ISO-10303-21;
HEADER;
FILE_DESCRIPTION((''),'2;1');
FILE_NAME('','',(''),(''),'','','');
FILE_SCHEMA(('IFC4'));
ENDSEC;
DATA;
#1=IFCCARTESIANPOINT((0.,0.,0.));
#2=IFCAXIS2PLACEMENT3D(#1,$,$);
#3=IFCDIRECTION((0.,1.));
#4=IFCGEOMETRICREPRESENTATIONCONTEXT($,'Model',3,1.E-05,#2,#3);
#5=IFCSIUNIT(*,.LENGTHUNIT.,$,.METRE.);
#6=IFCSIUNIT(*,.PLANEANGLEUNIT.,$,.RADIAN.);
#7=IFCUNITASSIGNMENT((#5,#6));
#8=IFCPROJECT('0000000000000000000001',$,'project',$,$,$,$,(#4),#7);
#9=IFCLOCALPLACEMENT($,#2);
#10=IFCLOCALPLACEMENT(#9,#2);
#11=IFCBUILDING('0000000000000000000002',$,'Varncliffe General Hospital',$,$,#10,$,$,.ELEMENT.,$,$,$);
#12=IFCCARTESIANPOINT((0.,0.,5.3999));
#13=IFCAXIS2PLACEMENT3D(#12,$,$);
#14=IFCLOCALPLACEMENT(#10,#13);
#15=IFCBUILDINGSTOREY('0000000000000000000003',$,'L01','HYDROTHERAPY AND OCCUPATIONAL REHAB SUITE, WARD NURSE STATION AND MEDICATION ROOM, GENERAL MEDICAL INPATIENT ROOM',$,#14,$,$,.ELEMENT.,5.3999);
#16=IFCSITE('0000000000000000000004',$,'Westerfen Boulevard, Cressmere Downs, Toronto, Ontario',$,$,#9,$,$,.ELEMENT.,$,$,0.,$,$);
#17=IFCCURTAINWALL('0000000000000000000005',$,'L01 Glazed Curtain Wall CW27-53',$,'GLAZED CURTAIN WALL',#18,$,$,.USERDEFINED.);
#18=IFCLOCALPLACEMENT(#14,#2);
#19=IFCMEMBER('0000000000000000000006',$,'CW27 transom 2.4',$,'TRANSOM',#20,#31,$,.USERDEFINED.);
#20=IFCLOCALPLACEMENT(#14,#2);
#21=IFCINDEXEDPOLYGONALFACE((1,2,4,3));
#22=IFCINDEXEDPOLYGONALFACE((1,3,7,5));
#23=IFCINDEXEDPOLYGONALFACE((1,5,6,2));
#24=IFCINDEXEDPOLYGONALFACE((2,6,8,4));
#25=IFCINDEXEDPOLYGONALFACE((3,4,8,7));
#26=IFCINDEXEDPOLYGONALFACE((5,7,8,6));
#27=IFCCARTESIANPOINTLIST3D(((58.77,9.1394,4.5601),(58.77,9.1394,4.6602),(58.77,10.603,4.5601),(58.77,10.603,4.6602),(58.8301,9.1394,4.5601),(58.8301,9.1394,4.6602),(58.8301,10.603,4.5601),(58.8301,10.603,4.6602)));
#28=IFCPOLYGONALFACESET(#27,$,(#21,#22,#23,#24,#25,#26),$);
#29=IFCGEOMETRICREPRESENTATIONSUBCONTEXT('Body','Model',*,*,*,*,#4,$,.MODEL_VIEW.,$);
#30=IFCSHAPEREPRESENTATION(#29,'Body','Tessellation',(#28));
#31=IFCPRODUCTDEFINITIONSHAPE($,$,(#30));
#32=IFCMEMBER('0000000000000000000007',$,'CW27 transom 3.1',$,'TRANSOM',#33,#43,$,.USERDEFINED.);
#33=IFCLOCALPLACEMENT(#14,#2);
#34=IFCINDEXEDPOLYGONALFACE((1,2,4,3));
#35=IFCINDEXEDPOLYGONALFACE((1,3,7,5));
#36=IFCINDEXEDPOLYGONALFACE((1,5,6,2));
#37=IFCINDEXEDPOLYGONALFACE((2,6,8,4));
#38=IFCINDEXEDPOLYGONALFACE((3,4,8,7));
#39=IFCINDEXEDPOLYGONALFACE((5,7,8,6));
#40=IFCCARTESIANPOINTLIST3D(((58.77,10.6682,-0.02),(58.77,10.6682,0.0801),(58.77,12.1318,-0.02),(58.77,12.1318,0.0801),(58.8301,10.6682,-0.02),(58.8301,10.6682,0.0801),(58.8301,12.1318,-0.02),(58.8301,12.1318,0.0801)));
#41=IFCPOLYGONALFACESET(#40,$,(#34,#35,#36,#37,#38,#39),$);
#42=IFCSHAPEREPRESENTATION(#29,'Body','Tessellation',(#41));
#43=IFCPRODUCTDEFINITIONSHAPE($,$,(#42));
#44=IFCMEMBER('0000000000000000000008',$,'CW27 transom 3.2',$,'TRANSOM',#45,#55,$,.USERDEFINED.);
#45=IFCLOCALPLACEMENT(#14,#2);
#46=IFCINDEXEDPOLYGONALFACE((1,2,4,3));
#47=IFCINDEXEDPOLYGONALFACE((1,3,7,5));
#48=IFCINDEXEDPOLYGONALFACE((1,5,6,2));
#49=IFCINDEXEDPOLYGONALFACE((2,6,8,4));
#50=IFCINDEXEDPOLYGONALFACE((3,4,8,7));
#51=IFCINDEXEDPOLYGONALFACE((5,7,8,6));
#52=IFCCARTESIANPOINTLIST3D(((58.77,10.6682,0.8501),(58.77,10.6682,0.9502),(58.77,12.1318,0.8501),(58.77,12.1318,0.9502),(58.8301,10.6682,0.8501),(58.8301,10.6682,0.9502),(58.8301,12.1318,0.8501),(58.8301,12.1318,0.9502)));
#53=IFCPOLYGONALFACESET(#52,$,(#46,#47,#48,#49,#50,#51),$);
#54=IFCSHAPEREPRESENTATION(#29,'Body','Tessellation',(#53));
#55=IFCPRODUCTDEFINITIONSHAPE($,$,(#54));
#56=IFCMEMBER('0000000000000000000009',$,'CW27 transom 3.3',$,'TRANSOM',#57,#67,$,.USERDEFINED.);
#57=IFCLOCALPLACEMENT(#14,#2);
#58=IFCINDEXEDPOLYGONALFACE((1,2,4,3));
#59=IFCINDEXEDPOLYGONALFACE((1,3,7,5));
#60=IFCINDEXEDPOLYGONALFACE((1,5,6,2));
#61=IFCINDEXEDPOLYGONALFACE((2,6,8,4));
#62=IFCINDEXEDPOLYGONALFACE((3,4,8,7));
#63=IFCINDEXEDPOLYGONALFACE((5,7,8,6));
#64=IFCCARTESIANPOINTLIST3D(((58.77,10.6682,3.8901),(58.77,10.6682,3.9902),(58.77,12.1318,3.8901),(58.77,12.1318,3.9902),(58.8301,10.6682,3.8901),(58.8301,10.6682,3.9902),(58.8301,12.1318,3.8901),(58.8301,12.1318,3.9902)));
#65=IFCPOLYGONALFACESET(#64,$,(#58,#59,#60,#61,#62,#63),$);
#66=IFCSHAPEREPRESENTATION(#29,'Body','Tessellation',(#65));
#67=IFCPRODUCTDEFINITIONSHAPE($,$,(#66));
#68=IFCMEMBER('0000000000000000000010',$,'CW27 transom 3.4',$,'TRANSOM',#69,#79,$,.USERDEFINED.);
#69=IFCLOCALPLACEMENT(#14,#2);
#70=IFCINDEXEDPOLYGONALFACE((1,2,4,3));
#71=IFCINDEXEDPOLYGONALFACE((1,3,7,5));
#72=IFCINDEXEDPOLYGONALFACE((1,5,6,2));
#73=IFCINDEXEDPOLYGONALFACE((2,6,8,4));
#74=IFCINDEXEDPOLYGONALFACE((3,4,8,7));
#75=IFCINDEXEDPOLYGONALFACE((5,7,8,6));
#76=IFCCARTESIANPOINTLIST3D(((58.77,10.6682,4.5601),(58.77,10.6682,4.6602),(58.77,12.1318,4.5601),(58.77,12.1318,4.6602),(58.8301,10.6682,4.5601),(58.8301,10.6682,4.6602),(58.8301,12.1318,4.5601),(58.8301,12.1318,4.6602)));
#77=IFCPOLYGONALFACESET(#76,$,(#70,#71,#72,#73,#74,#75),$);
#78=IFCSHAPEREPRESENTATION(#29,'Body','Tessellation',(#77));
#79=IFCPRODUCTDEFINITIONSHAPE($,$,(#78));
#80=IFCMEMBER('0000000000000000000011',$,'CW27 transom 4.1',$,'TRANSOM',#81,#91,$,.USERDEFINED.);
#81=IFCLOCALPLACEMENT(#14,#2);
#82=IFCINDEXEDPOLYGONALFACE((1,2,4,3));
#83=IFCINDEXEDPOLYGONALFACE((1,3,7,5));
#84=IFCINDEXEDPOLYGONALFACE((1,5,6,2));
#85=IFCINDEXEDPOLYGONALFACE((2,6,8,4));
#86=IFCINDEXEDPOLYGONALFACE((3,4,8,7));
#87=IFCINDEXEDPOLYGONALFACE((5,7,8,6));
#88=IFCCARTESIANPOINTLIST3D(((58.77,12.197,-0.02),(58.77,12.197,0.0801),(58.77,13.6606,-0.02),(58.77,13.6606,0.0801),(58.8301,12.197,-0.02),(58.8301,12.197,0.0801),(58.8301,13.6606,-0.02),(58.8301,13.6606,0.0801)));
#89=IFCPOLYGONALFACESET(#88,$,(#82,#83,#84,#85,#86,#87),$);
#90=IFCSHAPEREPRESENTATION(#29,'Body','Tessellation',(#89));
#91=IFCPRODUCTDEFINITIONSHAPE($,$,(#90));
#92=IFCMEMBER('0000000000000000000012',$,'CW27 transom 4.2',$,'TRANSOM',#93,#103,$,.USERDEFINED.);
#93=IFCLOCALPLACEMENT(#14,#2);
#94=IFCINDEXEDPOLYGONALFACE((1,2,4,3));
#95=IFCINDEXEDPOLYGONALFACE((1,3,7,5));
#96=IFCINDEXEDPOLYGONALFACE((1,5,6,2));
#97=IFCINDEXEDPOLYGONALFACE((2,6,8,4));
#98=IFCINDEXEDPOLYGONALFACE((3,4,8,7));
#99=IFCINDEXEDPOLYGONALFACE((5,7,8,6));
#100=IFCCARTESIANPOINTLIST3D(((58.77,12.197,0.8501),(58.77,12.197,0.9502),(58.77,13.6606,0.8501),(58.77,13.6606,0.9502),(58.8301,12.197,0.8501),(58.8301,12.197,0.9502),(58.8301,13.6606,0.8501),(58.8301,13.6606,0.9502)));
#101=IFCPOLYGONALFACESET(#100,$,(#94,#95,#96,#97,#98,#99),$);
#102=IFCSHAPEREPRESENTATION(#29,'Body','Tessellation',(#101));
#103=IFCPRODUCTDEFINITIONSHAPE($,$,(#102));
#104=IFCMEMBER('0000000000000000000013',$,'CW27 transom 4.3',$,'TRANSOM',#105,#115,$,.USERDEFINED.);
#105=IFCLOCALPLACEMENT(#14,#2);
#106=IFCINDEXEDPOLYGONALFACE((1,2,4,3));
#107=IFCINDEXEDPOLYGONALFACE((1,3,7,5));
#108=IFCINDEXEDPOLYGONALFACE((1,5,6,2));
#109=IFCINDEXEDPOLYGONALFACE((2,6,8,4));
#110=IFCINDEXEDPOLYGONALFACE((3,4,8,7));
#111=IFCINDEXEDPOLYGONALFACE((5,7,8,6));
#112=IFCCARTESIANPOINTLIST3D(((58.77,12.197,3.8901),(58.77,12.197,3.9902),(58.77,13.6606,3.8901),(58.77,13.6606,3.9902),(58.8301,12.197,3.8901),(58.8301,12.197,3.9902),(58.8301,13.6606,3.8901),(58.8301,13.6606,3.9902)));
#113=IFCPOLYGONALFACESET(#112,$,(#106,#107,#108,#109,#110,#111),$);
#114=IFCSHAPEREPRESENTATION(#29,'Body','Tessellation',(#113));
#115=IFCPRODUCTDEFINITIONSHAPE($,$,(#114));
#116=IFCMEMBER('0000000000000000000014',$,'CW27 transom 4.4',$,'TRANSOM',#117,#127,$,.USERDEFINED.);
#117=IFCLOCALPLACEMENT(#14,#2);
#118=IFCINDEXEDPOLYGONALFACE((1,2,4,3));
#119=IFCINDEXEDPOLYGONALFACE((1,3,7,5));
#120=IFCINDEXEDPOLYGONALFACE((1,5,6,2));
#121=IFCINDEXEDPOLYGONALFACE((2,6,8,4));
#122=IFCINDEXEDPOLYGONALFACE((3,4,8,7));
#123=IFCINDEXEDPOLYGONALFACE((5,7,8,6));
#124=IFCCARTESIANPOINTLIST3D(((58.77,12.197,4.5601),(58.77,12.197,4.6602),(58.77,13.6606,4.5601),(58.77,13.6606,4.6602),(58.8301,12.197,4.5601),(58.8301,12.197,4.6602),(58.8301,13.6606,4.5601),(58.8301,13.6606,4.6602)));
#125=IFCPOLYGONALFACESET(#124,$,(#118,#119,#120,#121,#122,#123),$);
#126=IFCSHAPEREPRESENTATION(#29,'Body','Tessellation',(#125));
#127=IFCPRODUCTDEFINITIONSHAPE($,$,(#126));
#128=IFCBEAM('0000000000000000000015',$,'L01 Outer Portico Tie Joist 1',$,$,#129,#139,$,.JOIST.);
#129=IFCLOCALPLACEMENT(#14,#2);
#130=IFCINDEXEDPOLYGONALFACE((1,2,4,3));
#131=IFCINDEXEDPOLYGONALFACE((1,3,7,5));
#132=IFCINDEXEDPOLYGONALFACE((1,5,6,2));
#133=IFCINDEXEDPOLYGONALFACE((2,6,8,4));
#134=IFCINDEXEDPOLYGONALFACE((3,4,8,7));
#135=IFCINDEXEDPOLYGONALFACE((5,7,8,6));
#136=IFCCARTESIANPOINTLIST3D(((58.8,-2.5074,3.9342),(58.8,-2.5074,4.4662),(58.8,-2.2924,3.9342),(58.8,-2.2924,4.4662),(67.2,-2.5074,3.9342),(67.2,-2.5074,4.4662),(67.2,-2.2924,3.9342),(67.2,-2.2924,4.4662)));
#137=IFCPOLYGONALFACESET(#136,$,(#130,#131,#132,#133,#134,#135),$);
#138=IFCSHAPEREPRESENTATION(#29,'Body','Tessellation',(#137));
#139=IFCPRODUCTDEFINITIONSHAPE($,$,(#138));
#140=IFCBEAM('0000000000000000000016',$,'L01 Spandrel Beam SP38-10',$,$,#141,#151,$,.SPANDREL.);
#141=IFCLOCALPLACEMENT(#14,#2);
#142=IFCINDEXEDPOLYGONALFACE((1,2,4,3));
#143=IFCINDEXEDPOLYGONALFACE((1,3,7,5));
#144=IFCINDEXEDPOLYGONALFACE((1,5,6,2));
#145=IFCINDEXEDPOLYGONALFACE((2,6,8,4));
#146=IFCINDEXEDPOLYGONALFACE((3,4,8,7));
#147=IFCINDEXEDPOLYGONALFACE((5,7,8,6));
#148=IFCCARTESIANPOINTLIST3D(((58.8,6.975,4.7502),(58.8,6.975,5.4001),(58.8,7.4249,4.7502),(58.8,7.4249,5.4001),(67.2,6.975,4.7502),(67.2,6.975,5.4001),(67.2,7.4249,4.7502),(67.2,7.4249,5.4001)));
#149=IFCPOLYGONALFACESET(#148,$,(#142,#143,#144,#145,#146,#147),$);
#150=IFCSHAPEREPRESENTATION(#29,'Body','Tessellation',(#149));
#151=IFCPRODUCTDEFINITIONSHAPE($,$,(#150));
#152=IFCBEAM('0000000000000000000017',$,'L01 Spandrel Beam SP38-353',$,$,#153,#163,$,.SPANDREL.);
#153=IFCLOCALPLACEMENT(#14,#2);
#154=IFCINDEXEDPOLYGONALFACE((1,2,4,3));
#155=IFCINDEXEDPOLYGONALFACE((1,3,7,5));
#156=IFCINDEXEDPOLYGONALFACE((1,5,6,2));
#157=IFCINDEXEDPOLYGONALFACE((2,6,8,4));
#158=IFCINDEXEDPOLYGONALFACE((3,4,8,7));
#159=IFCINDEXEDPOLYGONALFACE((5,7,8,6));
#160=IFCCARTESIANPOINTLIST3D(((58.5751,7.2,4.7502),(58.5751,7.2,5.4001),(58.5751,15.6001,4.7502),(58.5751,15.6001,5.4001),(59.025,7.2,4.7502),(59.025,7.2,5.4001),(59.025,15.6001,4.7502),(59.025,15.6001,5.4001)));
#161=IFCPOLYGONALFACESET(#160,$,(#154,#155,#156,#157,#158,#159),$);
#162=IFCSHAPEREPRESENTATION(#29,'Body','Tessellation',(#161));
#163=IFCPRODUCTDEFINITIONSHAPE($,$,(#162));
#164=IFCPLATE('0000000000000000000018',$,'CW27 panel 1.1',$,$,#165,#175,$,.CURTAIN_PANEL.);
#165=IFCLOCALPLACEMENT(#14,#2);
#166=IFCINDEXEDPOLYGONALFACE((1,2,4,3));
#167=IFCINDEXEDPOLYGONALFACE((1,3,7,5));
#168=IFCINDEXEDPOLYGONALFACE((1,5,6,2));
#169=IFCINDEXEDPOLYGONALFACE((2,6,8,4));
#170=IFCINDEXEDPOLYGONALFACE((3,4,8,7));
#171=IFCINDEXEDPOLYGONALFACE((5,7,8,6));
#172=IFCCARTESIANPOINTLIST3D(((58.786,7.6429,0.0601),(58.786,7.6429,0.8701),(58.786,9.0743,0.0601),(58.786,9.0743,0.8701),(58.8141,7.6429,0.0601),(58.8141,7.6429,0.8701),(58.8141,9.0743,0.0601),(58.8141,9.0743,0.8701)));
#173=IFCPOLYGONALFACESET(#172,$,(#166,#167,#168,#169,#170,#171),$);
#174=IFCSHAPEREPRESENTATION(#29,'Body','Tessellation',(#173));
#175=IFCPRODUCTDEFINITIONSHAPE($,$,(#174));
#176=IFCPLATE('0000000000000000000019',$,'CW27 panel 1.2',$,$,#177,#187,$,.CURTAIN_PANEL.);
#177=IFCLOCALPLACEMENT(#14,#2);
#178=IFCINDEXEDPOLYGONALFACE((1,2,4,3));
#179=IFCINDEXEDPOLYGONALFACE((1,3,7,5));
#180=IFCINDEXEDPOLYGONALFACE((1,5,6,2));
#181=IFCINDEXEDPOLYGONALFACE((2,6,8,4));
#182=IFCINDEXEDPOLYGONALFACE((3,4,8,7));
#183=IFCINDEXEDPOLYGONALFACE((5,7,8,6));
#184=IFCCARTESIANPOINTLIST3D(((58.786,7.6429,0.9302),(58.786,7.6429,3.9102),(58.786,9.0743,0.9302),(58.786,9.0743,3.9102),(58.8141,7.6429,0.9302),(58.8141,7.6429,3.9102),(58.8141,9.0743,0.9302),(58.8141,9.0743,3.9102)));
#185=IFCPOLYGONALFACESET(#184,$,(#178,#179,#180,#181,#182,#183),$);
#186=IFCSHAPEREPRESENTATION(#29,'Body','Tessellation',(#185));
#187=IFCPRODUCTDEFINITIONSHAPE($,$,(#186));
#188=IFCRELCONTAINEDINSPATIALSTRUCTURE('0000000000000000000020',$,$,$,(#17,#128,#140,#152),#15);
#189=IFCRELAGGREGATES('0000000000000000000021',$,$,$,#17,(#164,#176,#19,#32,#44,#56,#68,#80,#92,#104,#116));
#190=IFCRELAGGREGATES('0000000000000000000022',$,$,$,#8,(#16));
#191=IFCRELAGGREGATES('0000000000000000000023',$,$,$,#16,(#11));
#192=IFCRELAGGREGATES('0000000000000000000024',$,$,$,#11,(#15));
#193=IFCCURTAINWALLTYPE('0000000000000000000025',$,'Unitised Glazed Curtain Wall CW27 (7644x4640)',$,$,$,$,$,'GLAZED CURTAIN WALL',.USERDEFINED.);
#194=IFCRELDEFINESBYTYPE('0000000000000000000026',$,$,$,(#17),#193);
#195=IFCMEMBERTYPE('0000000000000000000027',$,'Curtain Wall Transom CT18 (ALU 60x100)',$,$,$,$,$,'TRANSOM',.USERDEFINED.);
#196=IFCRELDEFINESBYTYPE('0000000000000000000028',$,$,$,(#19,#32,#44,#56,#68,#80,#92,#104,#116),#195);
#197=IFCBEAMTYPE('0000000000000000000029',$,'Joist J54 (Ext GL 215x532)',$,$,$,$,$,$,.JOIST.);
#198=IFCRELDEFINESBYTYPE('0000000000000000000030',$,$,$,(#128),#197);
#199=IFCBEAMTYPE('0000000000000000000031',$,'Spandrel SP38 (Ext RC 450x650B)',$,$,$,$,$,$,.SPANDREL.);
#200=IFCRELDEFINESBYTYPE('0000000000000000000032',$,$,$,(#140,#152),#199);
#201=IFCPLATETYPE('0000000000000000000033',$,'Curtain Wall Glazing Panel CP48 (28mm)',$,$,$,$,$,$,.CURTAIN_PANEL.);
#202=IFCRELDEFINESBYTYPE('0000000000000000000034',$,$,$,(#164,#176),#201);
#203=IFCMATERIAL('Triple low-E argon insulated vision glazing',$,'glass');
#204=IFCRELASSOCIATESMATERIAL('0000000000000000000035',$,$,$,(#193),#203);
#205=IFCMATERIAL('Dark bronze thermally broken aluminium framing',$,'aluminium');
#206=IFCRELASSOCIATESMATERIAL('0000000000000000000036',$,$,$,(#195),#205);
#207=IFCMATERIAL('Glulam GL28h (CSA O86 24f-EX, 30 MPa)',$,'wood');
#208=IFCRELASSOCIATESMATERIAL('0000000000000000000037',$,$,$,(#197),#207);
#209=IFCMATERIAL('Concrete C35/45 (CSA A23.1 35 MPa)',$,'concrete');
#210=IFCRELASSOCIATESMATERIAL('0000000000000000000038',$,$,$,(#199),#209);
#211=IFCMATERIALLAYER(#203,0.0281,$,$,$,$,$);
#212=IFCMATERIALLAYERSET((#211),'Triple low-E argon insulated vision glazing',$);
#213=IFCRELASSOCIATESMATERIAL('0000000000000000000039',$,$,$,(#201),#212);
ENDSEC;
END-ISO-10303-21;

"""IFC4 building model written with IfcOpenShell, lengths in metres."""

from ifc_helpers import new_model, si_unit, direction, frame, origin, origin_2d, place, context, subcontext, project, spatial, rectangle, extrude, material, layer, layer_set, material_profile, profile_set, type_object, element, aggregate, save


model = new_model("IFC4")

# Units and contexts
model_context = context("Model", 3, precision=1e-05, world=origin(), true_north=direction((0.0, 1.0)))
body_context = subcontext(model_context, "Body", "Model", "MODEL_VIEW")
ifc_project = project(units=[si_unit("LENGTHUNIT", "METRE"), si_unit("PLANEANGLEUNIT", "RADIAN")], contexts=[model_context])

# Site, building, storey
site_placement = place(None, origin())
site = spatial("IfcSite", under=ifc_project, at=site_placement, Name="Westerfen Boulevard, Cressmere Downs, Toronto, Ontario", CompositionType="ELEMENT", RefElevation=0.0)
building_placement = place(site_placement, origin())
building = spatial("IfcBuilding", under=site, at=building_placement, Name="Varncliffe General Hospital", CompositionType="ELEMENT")
storey_placement = place(building_placement, frame((0.0, 0.0, 5.3999)))
storey = spatial("IfcBuildingStorey", under=building, at=storey_placement, Name="L01", Description="HYDROTHERAPY AND OCCUPATIONAL REHAB SUITE, WARD NURSE STATION AND MEDICATION ROOM, GENERAL MEDICAL INPATIENT ROOM", CompositionType="ELEMENT", Elevation=5.3999)

# Shared definitions
ifc_material_1 = material(Name="Glulam GL28h (CSA O86 24f-EX, 30 MPa)", Category="wood")

# Curtain wall, members
ifc_material_2 = material(Name="Triple low-E argon insulated vision glazing", Category="glass")
curtain_wall_type = type_object("IfcCurtainWallType", Name="Unitised Glazed Curtain Wall CW27 (7644x4640)", ElementType="GLAZED CURTAIN WALL", PredefinedType="USERDEFINED", material=ifc_material_2)
curtain_wall_placement = place(storey_placement, origin())
curtain_wall = element("IfcCurtainWall", 1, at=curtain_wall_placement, inside=storey, type_object=curtain_wall_type, Name="L01 Glazed Curtain Wall CW27-53", ObjectType="GLAZED CURTAIN WALL", PredefinedType="USERDEFINED")
ifc_material_3 = material(Name="Dark bronze thermally broken aluminium framing", Category="aluminium")
ifc_material_profile_1 = material_profile(ifc_material_3, rectangle(XDim=0.0601, YDim=0.1001, at=origin_2d()), Name="ALU 60x100")
ifc_profile_set_1 = profile_set([ifc_material_profile_1], Name="Dark bronze thermally broken aluminium framing")
member_type_1 = type_object("IfcMemberType", Name="Curtain Wall Transom CT18 (ALU 60x100)", ElementType="TRANSOM", PredefinedType="USERDEFINED", material=ifc_profile_set_1)
member_1_placement = place(storey_placement, frame((58.8, 9.1394, 4.6101), z_axis=(0.0, 1.0, 0.0), x_axis=(-1.0, 0.0, 0.0)))
member_1 = element("IfcMember", 2, at=member_1_placement, type_object=member_type_1, Name="CW27 transom 2.4", ObjectType="TRANSOM", PredefinedType="USERDEFINED", context=body_context, shape_type="SweptSolid", body=[
    extrude(rectangle(XDim=0.0601, YDim=0.1001, at=origin_2d()), origin(), (0.0, 0.0, 1.0), 1.4636),
])
member_2_placement = place(storey_placement, frame((58.8, 10.6682, 0.03), z_axis=(0.0, 1.0, 0.0), x_axis=(-1.0, 0.0, 0.0)))
member_2 = element("IfcMember", 3, at=member_2_placement, type_object=member_type_1, Name="CW27 transom 3.1", ObjectType="TRANSOM", PredefinedType="USERDEFINED", context=body_context, shape_type="SweptSolid", body=[
    extrude(rectangle(XDim=0.0601, YDim=0.1001, at=origin_2d()), origin(), (0.0, 0.0, 1.0), 1.4636),
])
member_3_placement = place(storey_placement, frame((58.8, 10.6682, 0.9001), z_axis=(0.0, 1.0, 0.0), x_axis=(-1.0, 0.0, 0.0)))
member_3 = element("IfcMember", 4, at=member_3_placement, type_object=member_type_1, Name="CW27 transom 3.2", ObjectType="TRANSOM", PredefinedType="USERDEFINED", context=body_context, shape_type="SweptSolid", body=[
    extrude(rectangle(XDim=0.0601, YDim=0.1001, at=origin_2d()), origin(), (0.0, 0.0, 1.0), 1.4636),
])
member_4_placement = place(storey_placement, frame((58.8, 10.6682, 3.9402), z_axis=(0.0, 1.0, 0.0), x_axis=(-1.0, 0.0, 0.0)))
member_4 = element("IfcMember", 5, at=member_4_placement, type_object=member_type_1, Name="CW27 transom 3.3", ObjectType="TRANSOM", PredefinedType="USERDEFINED", context=body_context, shape_type="SweptSolid", body=[
    extrude(rectangle(XDim=0.0601, YDim=0.1001, at=origin_2d()), origin(), (0.0, 0.0, 1.0), 1.4636),
])
member_5_placement = place(storey_placement, frame((58.8, 10.6682, 4.6101), z_axis=(0.0, 1.0, 0.0), x_axis=(-1.0, 0.0, 0.0)))
member_5 = element("IfcMember", 6, at=member_5_placement, type_object=member_type_1, Name="CW27 transom 3.4", ObjectType="TRANSOM", PredefinedType="USERDEFINED", context=body_context, shape_type="SweptSolid", body=[
    extrude(rectangle(XDim=0.0601, YDim=0.1001, at=origin_2d()), origin(), (0.0, 0.0, 1.0), 1.4636),
])
member_6_placement = place(storey_placement, frame((58.8, 12.197, 0.03), z_axis=(0.0, 1.0, 0.0), x_axis=(-1.0, 0.0, 0.0)))
member_6 = element("IfcMember", 7, at=member_6_placement, type_object=member_type_1, Name="CW27 transom 4.1", ObjectType="TRANSOM", PredefinedType="USERDEFINED", context=body_context, shape_type="SweptSolid", body=[
    extrude(rectangle(XDim=0.0601, YDim=0.1001, at=origin_2d()), origin(), (0.0, 0.0, 1.0), 1.4636),
])
member_7_placement = place(storey_placement, frame((58.8, 12.197, 0.9001), z_axis=(0.0, 1.0, 0.0), x_axis=(-1.0, 0.0, 0.0)))
member_7 = element("IfcMember", 8, at=member_7_placement, type_object=member_type_1, Name="CW27 transom 4.2", ObjectType="TRANSOM", PredefinedType="USERDEFINED", context=body_context, shape_type="SweptSolid", body=[
    extrude(rectangle(XDim=0.0601, YDim=0.1001, at=origin_2d()), origin(), (0.0, 0.0, 1.0), 1.4636),
])
member_8_placement = place(storey_placement, frame((58.8, 12.197, 3.9402), z_axis=(0.0, 1.0, 0.0), x_axis=(-1.0, 0.0, 0.0)))
member_8 = element("IfcMember", 9, at=member_8_placement, type_object=member_type_1, Name="CW27 transom 4.3", ObjectType="TRANSOM", PredefinedType="USERDEFINED", context=body_context, shape_type="SweptSolid", body=[
    extrude(rectangle(XDim=0.0601, YDim=0.1001, at=origin_2d()), origin(), (0.0, 0.0, 1.0), 1.4636),
])
member_9_placement = place(storey_placement, frame((58.8, 12.197, 4.6101), z_axis=(0.0, 1.0, 0.0), x_axis=(-1.0, 0.0, 0.0)))
member_9 = element("IfcMember", 10, at=member_9_placement, type_object=member_type_1, Name="CW27 transom 4.4", ObjectType="TRANSOM", PredefinedType="USERDEFINED", context=body_context, shape_type="SweptSolid", body=[
    extrude(rectangle(XDim=0.0601, YDim=0.1001, at=origin_2d()), origin(), (0.0, 0.0, 1.0), 1.4636),
])

# Beams
ifc_material_profile_2 = material_profile(ifc_material_1, rectangle(XDim=0.2151, YDim=0.532, at=origin_2d()), Name="GL 215x532")
ifc_profile_set_2 = profile_set([ifc_material_profile_2], Name="Glulam GL28h (CSA O86 24f-EX, 30 MPa)")
beam_type_1 = type_object("IfcBeamType", Name="Joist J54 (Ext GL 215x532)", PredefinedType="JOIST", material=ifc_profile_set_2)
beam_1_placement = place(storey_placement, frame((58.8, -2.3999, 4.2002), z_axis=(1.0, 0.0, 0.0), x_axis=(0.0, 1.0, 0.0)))
element("IfcBeam", 11, at=beam_1_placement, inside=storey, type_object=beam_type_1, Name="L01 Outer Portico Tie Joist 1", PredefinedType="JOIST", context=body_context, shape_type="SweptSolid", body=[
    extrude(rectangle(XDim=0.2151, YDim=0.532, at=origin_2d()), origin(), (0.0, 0.0, 1.0), 8.3999),
])
ifc_material_4 = material(Name="Concrete C35/45 (CSA A23.1 35 MPa)", Category="concrete")
ifc_material_profile_3 = material_profile(ifc_material_4, rectangle(XDim=0.45, YDim=0.6499, at=origin_2d()), Name="RC 450x650")
ifc_profile_set_3 = profile_set([ifc_material_profile_3], Name="Concrete C35/45 (CSA A23.1 35 MPa)")
beam_type_2 = type_object("IfcBeamType", Name="Spandrel SP38 (Ext RC 450x650B)", PredefinedType="SPANDREL", material=ifc_profile_set_3)
beam_2_placement = place(storey_placement, frame((58.8, 7.2, 5.0752), z_axis=(1.0, 0.0, 0.0), x_axis=(0.0, 1.0, 0.0)))
element("IfcBeam", 12, at=beam_2_placement, inside=storey, type_object=beam_type_2, Name="L01 Spandrel Beam SP38-10", PredefinedType="SPANDREL", context=body_context, shape_type="SweptSolid", body=[
    extrude(rectangle(XDim=0.45, YDim=0.6499, at=origin_2d()), origin(), (0.0, 0.0, 1.0), 8.3999),
])
beam_3_placement = place(storey_placement, frame((58.8, 7.2, 5.0752), z_axis=(0.0, 1.0, 0.0), x_axis=(-1.0, 0.0, 0.0)))
element("IfcBeam", 13, at=beam_3_placement, inside=storey, type_object=beam_type_2, Name="L01 Spandrel Beam SP38-353", PredefinedType="SPANDREL", context=body_context, shape_type="SweptSolid", body=[
    extrude(rectangle(XDim=0.45, YDim=0.6499, at=origin_2d()), origin(), (0.0, 0.0, 1.0), 8.4001),
])

# Plates
ifc_layer = layer(ifc_material_2, 0.0281)
ifc_layer_set = layer_set([ifc_layer], Name="Triple low-E argon insulated vision glazing")
plate_type = type_object("IfcPlateType", Name="Curtain Wall Glazing Panel CP48 (28mm)", PredefinedType="CURTAIN_PANEL", material=ifc_layer_set)
plate_1_placement = place(storey_placement, frame((58.8, 8.3586, 0.0601), z_axis=(0.0, 0.0, 1.0), x_axis=(0.0, 1.0, 0.0)))
plate_1 = element("IfcPlate", 14, at=plate_1_placement, type_object=plate_type, Name="CW27 panel 1.1", PredefinedType="CURTAIN_PANEL", context=body_context, shape_type="SweptSolid", body=[
    extrude(rectangle(XDim=1.4314, YDim=0.0281, at=origin_2d()), origin(), (0.0, 0.0, 1.0), 0.8101),
])
plate_2_placement = place(storey_placement, frame((58.8, 8.3586, 0.9302), z_axis=(0.0, 0.0, 1.0), x_axis=(0.0, 1.0, 0.0)))
plate_2 = element("IfcPlate", 15, at=plate_2_placement, type_object=plate_type, Name="CW27 panel 1.2", PredefinedType="CURTAIN_PANEL", context=body_context, shape_type="SweptSolid", body=[
    extrude(rectangle(XDim=1.4314, YDim=0.0281, at=origin_2d()), origin(), (0.0, 0.0, 1.0), 2.98),
])
aggregate(curtain_wall, [plate_1, plate_2, member_1, member_2, member_3, member_4, member_5, member_6, member_7, member_8, member_9])

save(model, "model.ifc")
